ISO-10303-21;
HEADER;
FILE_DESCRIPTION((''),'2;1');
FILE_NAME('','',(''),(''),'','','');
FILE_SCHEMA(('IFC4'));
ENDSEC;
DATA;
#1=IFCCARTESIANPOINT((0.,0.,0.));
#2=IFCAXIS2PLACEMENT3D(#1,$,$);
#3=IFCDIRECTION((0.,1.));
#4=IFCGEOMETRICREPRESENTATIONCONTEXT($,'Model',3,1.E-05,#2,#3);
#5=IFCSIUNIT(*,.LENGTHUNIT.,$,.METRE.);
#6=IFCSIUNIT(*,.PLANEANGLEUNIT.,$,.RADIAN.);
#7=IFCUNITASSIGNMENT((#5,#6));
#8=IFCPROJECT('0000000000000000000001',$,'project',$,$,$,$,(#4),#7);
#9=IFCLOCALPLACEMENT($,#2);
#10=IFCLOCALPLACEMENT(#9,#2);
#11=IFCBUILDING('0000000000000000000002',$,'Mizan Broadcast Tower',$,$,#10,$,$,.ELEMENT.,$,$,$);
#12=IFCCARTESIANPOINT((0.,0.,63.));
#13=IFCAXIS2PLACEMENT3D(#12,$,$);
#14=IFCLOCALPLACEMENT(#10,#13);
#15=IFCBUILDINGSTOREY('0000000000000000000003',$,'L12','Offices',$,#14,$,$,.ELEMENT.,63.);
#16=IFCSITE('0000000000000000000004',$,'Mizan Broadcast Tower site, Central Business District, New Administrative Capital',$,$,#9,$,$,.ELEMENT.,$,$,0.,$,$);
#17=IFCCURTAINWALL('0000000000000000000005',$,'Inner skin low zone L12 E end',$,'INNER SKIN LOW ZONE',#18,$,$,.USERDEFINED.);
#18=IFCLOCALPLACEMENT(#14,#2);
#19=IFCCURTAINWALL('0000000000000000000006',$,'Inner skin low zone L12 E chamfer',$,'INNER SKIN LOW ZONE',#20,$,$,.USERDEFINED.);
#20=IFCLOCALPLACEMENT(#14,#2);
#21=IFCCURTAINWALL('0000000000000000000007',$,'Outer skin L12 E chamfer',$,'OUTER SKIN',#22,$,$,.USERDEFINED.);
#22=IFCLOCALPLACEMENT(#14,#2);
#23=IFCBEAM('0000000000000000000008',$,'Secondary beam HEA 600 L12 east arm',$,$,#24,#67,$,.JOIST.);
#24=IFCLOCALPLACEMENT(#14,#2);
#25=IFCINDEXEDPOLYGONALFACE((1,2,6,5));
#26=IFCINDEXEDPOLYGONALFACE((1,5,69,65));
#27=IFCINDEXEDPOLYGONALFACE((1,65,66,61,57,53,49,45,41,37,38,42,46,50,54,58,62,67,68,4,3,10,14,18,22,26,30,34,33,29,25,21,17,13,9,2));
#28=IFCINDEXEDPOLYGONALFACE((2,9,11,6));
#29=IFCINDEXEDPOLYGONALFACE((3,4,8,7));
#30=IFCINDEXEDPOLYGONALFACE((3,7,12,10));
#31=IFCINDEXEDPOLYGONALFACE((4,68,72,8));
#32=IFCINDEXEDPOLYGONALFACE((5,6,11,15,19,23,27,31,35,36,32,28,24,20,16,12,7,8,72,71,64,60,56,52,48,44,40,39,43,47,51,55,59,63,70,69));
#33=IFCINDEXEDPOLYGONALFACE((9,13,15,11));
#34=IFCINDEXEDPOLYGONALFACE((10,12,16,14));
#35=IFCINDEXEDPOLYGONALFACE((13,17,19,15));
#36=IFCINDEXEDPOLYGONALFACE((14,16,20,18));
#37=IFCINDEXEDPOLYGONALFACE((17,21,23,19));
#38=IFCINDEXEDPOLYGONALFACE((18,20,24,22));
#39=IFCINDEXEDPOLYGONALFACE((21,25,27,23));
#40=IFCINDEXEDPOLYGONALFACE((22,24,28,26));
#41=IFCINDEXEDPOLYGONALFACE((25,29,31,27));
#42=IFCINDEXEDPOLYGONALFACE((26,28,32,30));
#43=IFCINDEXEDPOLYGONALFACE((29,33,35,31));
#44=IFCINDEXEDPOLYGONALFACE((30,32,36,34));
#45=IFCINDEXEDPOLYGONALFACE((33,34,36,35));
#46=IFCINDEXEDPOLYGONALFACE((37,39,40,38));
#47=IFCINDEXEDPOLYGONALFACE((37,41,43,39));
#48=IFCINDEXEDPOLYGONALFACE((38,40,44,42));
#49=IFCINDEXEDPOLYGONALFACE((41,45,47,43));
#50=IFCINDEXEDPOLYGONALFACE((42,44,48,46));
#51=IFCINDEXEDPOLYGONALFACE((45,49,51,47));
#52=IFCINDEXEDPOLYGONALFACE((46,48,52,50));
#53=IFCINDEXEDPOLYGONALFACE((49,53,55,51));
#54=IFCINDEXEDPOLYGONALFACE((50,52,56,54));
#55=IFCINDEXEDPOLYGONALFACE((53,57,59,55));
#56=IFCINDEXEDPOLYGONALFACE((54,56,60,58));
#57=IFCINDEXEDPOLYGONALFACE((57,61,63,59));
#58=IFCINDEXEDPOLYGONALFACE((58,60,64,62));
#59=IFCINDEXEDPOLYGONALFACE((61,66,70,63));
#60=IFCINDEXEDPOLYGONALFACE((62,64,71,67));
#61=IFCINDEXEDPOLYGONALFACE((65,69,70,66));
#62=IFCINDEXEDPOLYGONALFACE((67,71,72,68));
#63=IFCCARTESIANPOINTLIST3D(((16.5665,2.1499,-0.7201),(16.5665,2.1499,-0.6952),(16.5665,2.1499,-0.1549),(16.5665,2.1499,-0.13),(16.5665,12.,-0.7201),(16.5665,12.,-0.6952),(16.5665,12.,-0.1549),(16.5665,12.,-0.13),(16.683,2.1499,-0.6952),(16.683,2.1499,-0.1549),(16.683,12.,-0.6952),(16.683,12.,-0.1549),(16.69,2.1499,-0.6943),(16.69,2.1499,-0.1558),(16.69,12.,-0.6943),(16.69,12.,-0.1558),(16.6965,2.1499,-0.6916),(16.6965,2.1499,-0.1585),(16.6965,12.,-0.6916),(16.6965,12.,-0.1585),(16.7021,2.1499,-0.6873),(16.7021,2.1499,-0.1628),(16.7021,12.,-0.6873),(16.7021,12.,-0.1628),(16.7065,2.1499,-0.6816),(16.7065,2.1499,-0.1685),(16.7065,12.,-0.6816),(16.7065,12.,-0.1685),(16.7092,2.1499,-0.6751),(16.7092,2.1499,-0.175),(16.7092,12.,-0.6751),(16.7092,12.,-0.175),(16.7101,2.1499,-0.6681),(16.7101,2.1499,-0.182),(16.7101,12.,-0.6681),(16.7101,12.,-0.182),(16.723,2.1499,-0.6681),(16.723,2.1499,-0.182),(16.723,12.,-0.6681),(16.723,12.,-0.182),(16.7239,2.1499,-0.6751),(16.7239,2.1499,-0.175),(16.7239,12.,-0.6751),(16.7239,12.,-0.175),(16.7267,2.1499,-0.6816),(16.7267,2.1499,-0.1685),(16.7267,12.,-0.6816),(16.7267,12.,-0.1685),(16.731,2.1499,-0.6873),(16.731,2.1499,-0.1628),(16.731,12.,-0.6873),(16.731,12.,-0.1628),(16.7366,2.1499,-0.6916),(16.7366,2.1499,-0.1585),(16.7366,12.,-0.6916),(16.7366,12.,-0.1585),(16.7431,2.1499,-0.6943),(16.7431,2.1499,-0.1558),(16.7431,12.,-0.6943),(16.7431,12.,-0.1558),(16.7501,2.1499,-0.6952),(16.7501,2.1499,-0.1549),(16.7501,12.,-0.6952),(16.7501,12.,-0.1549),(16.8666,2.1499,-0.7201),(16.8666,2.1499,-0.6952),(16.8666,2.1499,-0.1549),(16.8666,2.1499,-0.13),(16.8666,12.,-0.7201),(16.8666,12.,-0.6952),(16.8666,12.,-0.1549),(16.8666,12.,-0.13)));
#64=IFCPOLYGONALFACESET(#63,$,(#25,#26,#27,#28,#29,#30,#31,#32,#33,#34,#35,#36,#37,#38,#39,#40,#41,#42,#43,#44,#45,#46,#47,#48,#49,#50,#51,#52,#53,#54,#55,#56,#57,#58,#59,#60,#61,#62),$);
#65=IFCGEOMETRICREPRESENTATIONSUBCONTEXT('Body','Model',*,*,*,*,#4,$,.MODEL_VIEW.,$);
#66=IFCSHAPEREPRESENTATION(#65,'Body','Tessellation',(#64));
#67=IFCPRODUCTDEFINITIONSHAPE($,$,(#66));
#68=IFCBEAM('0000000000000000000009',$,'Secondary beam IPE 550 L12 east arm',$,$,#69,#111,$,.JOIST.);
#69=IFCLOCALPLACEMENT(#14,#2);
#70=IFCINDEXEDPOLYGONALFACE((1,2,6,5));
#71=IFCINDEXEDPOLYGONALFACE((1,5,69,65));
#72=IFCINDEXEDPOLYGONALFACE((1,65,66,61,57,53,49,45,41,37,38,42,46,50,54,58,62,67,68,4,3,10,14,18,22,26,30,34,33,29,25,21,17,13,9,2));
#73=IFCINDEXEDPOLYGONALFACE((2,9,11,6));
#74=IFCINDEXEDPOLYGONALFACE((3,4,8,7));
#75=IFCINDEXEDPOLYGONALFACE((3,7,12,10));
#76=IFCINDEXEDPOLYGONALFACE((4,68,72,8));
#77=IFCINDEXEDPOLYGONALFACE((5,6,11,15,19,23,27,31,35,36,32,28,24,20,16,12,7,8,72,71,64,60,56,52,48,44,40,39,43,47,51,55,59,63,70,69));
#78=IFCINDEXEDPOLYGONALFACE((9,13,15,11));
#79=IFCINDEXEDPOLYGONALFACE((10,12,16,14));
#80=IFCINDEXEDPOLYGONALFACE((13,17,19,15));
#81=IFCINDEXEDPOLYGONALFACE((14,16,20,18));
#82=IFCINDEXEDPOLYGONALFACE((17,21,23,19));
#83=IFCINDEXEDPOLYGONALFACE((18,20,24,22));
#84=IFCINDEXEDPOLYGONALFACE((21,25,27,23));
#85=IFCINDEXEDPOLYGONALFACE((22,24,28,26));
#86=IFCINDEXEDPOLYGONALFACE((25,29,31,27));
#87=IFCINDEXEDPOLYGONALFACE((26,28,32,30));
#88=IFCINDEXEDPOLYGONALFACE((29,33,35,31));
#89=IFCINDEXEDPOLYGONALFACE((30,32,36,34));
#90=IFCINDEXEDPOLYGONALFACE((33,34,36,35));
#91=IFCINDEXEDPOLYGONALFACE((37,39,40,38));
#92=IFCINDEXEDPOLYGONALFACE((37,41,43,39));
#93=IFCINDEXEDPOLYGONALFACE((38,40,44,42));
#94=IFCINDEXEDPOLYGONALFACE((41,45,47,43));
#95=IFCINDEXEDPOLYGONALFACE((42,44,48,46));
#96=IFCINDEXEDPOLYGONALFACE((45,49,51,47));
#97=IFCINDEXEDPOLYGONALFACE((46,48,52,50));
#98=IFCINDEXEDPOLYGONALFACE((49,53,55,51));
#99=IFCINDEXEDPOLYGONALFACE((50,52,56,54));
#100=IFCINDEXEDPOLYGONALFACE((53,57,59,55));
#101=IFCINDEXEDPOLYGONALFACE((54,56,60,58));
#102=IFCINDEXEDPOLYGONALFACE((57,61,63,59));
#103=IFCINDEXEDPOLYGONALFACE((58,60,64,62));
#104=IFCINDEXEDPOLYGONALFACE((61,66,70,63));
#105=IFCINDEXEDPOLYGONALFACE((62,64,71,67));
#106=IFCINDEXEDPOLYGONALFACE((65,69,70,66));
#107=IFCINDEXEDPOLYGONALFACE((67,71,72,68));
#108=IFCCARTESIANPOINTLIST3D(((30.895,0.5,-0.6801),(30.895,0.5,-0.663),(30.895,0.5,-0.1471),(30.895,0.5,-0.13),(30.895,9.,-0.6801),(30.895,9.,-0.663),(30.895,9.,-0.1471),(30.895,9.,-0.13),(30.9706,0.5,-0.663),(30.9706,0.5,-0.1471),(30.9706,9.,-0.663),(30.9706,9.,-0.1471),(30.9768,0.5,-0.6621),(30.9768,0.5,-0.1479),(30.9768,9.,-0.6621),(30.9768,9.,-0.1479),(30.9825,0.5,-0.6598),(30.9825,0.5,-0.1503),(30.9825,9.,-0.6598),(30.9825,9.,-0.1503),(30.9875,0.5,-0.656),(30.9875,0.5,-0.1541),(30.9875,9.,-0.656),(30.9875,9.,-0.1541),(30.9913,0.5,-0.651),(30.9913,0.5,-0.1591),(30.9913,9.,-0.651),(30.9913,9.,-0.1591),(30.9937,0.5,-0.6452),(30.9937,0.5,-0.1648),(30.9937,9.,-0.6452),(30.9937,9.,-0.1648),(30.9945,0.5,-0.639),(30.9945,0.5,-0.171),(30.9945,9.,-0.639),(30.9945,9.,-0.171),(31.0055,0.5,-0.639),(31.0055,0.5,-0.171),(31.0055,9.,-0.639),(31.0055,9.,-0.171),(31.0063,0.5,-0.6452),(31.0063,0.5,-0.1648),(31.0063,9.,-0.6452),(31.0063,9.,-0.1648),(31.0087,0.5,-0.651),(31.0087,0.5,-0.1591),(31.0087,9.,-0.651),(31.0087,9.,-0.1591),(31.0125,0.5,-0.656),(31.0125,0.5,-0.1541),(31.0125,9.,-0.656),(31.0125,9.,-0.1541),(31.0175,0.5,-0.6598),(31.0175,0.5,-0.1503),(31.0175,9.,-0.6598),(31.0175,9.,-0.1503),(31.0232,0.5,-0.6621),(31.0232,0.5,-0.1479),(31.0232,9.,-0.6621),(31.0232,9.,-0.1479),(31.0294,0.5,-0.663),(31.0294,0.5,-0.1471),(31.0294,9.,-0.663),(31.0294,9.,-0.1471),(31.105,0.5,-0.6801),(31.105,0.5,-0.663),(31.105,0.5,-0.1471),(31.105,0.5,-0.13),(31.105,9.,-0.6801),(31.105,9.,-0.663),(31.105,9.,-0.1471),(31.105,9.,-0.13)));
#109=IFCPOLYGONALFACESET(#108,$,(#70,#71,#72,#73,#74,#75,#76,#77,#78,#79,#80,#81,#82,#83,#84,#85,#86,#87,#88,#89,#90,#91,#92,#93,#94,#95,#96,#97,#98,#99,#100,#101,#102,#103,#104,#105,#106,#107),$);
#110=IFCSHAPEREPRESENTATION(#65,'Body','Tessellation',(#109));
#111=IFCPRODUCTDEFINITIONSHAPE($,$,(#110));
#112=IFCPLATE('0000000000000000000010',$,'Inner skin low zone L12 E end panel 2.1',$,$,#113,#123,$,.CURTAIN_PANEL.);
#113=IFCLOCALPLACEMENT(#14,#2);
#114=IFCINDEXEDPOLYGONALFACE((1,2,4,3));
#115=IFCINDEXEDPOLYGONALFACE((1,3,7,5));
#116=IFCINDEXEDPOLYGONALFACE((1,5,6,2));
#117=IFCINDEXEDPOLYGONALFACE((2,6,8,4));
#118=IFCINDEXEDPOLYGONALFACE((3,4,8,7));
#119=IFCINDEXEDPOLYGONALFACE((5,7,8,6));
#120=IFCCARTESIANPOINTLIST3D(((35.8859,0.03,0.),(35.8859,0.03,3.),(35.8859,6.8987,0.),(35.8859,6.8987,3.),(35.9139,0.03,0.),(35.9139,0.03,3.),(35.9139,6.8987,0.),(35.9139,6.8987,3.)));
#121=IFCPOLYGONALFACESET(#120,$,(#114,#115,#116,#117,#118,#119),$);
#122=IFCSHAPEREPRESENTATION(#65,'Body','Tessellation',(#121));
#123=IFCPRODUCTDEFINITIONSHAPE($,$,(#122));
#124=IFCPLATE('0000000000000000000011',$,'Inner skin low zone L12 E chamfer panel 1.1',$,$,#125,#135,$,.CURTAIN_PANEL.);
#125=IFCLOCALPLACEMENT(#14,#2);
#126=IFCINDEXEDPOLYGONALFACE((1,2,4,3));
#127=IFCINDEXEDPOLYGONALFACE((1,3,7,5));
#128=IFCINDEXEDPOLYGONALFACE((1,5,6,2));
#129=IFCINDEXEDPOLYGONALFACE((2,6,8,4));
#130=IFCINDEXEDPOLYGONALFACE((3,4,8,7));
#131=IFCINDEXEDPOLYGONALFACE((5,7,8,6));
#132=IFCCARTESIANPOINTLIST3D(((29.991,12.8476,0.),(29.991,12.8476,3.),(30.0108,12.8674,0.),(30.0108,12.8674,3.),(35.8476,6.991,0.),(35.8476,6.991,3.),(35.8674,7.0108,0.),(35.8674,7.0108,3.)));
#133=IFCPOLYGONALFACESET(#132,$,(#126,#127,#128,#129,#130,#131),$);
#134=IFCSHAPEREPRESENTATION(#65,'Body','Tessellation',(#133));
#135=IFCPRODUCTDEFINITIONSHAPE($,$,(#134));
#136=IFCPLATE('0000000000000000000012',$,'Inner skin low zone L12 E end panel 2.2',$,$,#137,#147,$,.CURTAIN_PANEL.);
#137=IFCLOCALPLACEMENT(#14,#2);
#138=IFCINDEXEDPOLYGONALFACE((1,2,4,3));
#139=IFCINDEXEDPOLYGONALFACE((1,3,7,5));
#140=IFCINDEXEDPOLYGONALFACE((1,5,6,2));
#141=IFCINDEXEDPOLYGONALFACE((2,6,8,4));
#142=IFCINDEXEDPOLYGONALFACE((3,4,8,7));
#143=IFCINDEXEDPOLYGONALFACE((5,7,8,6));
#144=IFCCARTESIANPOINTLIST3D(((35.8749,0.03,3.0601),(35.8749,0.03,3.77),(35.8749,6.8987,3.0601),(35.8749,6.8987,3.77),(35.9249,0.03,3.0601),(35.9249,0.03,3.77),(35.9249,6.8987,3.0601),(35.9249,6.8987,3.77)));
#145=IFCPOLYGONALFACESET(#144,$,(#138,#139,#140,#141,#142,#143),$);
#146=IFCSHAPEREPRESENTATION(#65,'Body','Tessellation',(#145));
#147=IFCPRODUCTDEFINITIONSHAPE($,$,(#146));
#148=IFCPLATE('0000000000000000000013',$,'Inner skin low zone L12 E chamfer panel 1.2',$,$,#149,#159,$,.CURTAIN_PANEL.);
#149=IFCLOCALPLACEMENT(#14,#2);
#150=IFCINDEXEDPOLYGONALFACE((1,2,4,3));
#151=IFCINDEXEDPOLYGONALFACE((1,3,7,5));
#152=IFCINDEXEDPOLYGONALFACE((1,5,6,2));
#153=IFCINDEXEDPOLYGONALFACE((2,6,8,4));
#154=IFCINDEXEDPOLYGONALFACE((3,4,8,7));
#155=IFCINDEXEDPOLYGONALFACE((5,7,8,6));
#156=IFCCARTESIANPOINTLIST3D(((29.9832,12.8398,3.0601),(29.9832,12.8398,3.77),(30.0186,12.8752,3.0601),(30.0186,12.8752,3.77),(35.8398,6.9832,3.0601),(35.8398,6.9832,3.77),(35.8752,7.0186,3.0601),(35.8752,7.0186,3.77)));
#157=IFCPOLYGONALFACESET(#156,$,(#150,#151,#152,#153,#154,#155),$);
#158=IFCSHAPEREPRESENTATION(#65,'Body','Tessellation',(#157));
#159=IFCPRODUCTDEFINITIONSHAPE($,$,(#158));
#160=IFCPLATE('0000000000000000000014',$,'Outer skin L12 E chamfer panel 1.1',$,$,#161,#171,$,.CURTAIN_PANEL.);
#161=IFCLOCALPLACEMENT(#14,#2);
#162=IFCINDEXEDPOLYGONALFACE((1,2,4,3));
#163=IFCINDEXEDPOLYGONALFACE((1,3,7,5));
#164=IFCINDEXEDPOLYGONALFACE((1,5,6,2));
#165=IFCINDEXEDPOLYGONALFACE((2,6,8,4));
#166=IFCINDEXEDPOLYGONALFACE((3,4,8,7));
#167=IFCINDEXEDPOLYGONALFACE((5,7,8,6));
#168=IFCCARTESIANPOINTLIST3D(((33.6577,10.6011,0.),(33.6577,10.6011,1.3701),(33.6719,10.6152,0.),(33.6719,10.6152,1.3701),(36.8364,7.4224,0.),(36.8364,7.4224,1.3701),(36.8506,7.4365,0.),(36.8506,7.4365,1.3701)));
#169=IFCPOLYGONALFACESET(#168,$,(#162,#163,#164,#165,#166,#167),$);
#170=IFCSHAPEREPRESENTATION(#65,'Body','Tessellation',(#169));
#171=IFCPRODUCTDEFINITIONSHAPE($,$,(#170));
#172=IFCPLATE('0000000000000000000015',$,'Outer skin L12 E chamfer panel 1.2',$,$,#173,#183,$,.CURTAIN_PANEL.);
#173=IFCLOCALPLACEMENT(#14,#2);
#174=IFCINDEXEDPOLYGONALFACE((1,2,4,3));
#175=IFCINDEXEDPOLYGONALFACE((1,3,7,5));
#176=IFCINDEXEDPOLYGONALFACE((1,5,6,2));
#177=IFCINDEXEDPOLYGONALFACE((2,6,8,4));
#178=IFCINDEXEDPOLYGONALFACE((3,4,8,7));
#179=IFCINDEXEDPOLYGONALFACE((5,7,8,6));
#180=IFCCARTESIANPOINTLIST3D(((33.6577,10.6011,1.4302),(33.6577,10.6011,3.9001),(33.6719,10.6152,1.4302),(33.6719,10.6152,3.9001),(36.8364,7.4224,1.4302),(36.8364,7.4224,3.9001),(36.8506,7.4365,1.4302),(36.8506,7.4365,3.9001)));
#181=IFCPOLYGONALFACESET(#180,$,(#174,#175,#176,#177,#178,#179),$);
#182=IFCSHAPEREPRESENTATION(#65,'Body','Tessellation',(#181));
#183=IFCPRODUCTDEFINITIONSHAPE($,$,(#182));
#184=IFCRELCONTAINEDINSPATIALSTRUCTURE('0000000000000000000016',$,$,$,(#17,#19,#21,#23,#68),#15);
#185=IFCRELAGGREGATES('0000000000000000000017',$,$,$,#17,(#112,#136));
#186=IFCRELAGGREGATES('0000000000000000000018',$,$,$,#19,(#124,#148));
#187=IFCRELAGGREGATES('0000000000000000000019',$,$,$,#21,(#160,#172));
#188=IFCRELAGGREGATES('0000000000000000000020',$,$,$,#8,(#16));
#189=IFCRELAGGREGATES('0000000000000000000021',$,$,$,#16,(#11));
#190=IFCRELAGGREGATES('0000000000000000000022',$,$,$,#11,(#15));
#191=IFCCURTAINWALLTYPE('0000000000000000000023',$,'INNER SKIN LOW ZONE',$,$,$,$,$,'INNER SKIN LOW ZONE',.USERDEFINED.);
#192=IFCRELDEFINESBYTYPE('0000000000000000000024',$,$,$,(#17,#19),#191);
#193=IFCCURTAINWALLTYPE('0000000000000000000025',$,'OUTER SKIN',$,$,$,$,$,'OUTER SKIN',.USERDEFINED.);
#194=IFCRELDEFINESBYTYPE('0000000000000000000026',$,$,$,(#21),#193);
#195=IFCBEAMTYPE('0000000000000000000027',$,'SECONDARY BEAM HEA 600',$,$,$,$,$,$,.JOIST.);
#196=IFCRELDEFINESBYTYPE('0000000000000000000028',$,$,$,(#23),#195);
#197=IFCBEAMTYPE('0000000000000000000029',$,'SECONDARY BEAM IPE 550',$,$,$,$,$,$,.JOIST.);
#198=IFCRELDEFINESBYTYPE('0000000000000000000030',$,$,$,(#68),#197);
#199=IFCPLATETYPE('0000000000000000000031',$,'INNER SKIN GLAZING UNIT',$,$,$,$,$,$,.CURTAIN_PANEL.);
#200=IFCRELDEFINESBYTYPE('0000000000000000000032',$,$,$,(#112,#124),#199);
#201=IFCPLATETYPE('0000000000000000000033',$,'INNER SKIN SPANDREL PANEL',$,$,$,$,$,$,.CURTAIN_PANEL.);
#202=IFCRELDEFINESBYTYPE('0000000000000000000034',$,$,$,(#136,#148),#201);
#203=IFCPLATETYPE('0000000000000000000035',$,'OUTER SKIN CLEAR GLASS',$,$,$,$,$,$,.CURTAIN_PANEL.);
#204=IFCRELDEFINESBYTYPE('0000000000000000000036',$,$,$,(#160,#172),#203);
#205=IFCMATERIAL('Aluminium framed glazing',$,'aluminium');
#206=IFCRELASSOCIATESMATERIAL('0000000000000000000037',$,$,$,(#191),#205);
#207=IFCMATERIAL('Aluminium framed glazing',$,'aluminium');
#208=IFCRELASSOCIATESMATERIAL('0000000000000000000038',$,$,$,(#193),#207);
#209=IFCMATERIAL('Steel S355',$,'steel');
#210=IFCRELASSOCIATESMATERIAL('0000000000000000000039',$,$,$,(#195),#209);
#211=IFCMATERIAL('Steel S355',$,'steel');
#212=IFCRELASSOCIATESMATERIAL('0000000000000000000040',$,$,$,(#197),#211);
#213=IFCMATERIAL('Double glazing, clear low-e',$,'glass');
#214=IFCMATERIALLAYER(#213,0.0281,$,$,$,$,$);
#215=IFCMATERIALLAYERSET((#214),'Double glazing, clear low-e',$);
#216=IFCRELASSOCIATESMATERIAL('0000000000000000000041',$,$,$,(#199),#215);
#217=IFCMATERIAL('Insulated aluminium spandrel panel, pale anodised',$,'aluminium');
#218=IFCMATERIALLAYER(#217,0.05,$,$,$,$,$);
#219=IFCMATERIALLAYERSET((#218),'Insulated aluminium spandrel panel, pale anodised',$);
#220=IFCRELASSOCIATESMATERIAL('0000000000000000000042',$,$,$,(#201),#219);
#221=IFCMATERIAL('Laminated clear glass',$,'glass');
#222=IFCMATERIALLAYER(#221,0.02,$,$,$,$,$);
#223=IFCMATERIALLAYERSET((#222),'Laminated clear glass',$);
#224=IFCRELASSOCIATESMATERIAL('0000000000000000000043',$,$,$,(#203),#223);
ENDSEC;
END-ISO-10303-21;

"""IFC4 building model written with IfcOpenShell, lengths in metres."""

from ifc_helpers import new_model, si_unit, direction, frame, origin, origin_2d, place, context, subcontext, project, spatial, rectangle, i_section, extrude, material, layer, layer_set, material_profile, profile_set, type_object, element, aggregate, save


model = new_model("IFC4")

# Units and contexts
model_context = context("Model", 3, precision=1e-05, world=origin(), true_north=direction((0.0, 1.0)))
body_context = subcontext(model_context, "Body", "Model", "MODEL_VIEW")
ifc_project = project(units=[si_unit("LENGTHUNIT", "METRE"), si_unit("PLANEANGLEUNIT", "RADIAN")], contexts=[model_context])

# Site, building, storey
site_placement = place(None, origin())
site = spatial("IfcSite", under=ifc_project, at=site_placement, Name="Mizan Broadcast Tower site, Central Business District, New Administrative Capital", CompositionType="ELEMENT", RefElevation=0.0)
building_placement = place(site_placement, origin())
building = spatial("IfcBuilding", under=site, at=building_placement, Name="Mizan Broadcast Tower", CompositionType="ELEMENT")
storey_placement = place(building_placement, frame((0.0, 0.0, 63.0)))
storey = spatial("IfcBuildingStorey", under=building, at=storey_placement, Name="L12", Description="Offices", CompositionType="ELEMENT", Elevation=63.0)

# Curtain wall
ifc_material_1 = material(Name="Aluminium framed glazing", Category="aluminium")
curtain_wall_type_1 = type_object("IfcCurtainWallType", Name="INNER SKIN LOW ZONE", ElementType="INNER SKIN LOW ZONE", PredefinedType="USERDEFINED", material=ifc_material_1)
curtain_wall_1_placement = place(storey_placement, origin())
curtain_wall_1 = element("IfcCurtainWall", 1, at=curtain_wall_1_placement, inside=storey, type_object=curtain_wall_type_1, Name="Inner skin low zone L12 E end", ObjectType="INNER SKIN LOW ZONE", PredefinedType="USERDEFINED")

# Curtain wall
curtain_wall_2_placement = place(storey_placement, origin())
curtain_wall_2 = element("IfcCurtainWall", 2, at=curtain_wall_2_placement, inside=storey, type_object=curtain_wall_type_1, Name="Inner skin low zone L12 E chamfer", ObjectType="INNER SKIN LOW ZONE", PredefinedType="USERDEFINED")

# Shared definitions
ifc_material_2 = material(Name="Aluminium framed glazing", Category="aluminium")
curtain_wall_type_2 = type_object("IfcCurtainWallType", Name="OUTER SKIN", ElementType="OUTER SKIN", PredefinedType="USERDEFINED", material=ifc_material_2)

# Curtain wall
curtain_wall_3_placement = place(storey_placement, origin())
curtain_wall_3 = element("IfcCurtainWall", 3, at=curtain_wall_3_placement, inside=storey, type_object=curtain_wall_type_2, Name="Outer skin L12 E chamfer", ObjectType="OUTER SKIN", PredefinedType="USERDEFINED")

# Beams
ifc_material_3 = material(Name="Steel S355", Category="steel")
ifc_material_profile_1 = material_profile(ifc_material_3, i_section(OverallWidth=0.3, OverallDepth=0.5901, WebThickness=0.0129, FlangeThickness=0.0249, FilletRadius=0.0271, at=origin_2d()), Name="HEA 600")
ifc_profile_set_1 = profile_set([ifc_material_profile_1], Name="Steel S355")
beam_type_1 = type_object("IfcBeamType", Name="SECONDARY BEAM HEA 600", PredefinedType="JOIST", material=ifc_profile_set_1)
for number, where, z_axis, x_axis, name in (
    (4, (16.7166, 12.0, -0.425), (0.0, -1.0, 0.0), (1.0, 0.0, 0.0), "Secondary beam HEA 600 L12 east arm"),
):
    element("IfcBeam", number, at=place(storey_placement, frame(where, z_axis=z_axis, x_axis=x_axis)), inside=storey, type_object=beam_type_1, Name=name, PredefinedType="JOIST", context=body_context, shape_type="SweptSolid", body=[
        extrude(i_section(OverallWidth=0.3, OverallDepth=0.5901, WebThickness=0.0129, FlangeThickness=0.0249, FilletRadius=0.0271, at=origin_2d()), origin(), (0.0, 0.0, 1.0), 9.8501),
    ])
ifc_material_4 = material(Name="Steel S355", Category="steel")
ifc_material_profile_2 = material_profile(ifc_material_4, i_section(OverallWidth=0.21, OverallDepth=0.55, WebThickness=0.011, FlangeThickness=0.0171, FilletRadius=0.0239, at=origin_2d()), Name="IPE 550")
ifc_profile_set_2 = profile_set([ifc_material_profile_2], Name="Steel S355")
beam_type_2 = type_object("IfcBeamType", Name="SECONDARY BEAM IPE 550", PredefinedType="JOIST", material=ifc_profile_set_2)
beam_1_placement = place(storey_placement, frame((31.0, 9.0, -0.405), z_axis=(0.0, -1.0, 0.0), x_axis=(1.0, 0.0, 0.0)))
element("IfcBeam", 5, at=beam_1_placement, inside=storey, type_object=beam_type_2, Name="Secondary beam IPE 550 L12 east arm", PredefinedType="JOIST", context=body_context, shape_type="SweptSolid", body=[
    extrude(i_section(OverallWidth=0.21, OverallDepth=0.55, WebThickness=0.011, FlangeThickness=0.0171, FilletRadius=0.0239, at=origin_2d()), origin(), (0.0, 0.0, 1.0), 8.5),
])

# Plates
ifc_material_5 = material(Name="Double glazing, clear low-e", Category="glass")
ifc_layer_1 = layer(ifc_material_5, 0.0281)
ifc_layer_set_1 = layer_set([ifc_layer_1], Name="Double glazing, clear low-e")
plate_type_1 = type_object("IfcPlateType", Name="INNER SKIN GLAZING UNIT", PredefinedType="CURTAIN_PANEL", material=ifc_layer_set_1)
plate_1_placement = place(storey_placement, frame((35.8999, 3.4644, 0.0), z_axis=(0.0, 0.0, 1.0), x_axis=(0.0, 1.0, 0.0)))
plate_1 = element("IfcPlate", 6, at=plate_1_placement, type_object=plate_type_1, Name="Inner skin low zone L12 E end panel 2.1", PredefinedType="CURTAIN_PANEL", context=body_context, shape_type="SweptSolid", body=[
    extrude(rectangle(XDim=6.8687, YDim=0.0281, at=origin_2d()), origin(), (0.0, 0.0, 1.0), 3.0),
])
plate_2_placement = place(storey_placement, frame((32.9292, 9.9292, 0.0), z_axis=(0.0, 0.0, 1.0), x_axis=(-0.707107, 0.707107, 0.0)))
plate_2 = element("IfcPlate", 7, at=plate_2_placement, type_object=plate_type_1, Name="Inner skin low zone L12 E chamfer panel 1.1", PredefinedType="CURTAIN_PANEL", context=body_context, shape_type="SweptSolid", body=[
    extrude(rectangle(XDim=8.2825, YDim=0.0281, at=origin_2d()), origin(), (0.0, 0.0, 1.0), 3.0),
])
ifc_material_6 = material(Name="Insulated aluminium spandrel panel, pale anodised", Category="aluminium")
ifc_layer_2 = layer(ifc_material_6, 0.05)
ifc_layer_set_2 = layer_set([ifc_layer_2], Name="Insulated aluminium spandrel panel, pale anodised")
plate_type_2 = type_object("IfcPlateType", Name="INNER SKIN SPANDREL PANEL", PredefinedType="CURTAIN_PANEL", material=ifc_layer_set_2)
plate_3_placement = place(storey_placement, frame((35.8999, 3.4644, 3.0601), z_axis=(0.0, 0.0, 1.0), x_axis=(0.0, 1.0, 0.0)))
plate_3 = element("IfcPlate", 8, at=plate_3_placement, type_object=plate_type_2, Name="Inner skin low zone L12 E end panel 2.2", PredefinedType="CURTAIN_PANEL", context=body_context, shape_type="SweptSolid", body=[
    extrude(rectangle(XDim=6.8687, YDim=0.05, at=origin_2d()), origin(), (0.0, 0.0, 1.0), 0.71),
])
aggregate(curtain_wall_1, [plate_1, plate_3])
plate_4_placement = place(storey_placement, frame((32.9292, 9.9292, 3.0601), z_axis=(0.0, 0.0, 1.0), x_axis=(-0.707107, 0.707107, 0.0)))
plate_4 = element("IfcPlate", 9, at=plate_4_placement, type_object=plate_type_2, Name="Inner skin low zone L12 E chamfer panel 1.2", PredefinedType="CURTAIN_PANEL", context=body_context, shape_type="SweptSolid", body=[
    extrude(rectangle(XDim=8.2825, YDim=0.05, at=origin_2d()), origin(), (0.0, 0.0, 1.0), 0.71),
])
aggregate(curtain_wall_2, [plate_2, plate_4])
ifc_material_7 = material(Name="Laminated clear glass", Category="glass")
ifc_layer_3 = layer(ifc_material_7, 0.02)
ifc_layer_set_3 = layer_set([ifc_layer_3], Name="Laminated clear glass")
plate_type_3 = type_object("IfcPlateType", Name="OUTER SKIN CLEAR GLASS", PredefinedType="CURTAIN_PANEL", material=ifc_layer_set_3)
plate_5_placement = place(storey_placement, frame((35.2542, 9.0188, 0.0), z_axis=(0.0, 0.0, 1.0), x_axis=(-0.707107, 0.707107, 0.0)))
plate_5 = element("IfcPlate", 10, at=plate_5_placement, type_object=plate_type_3, Name="Outer skin L12 E chamfer panel 1.1", PredefinedType="CURTAIN_PANEL", context=body_context, shape_type="SweptSolid", body=[
    extrude(rectangle(XDim=4.4954, YDim=0.02, at=origin_2d()), origin(), (0.0, 0.0, 1.0), 1.3701),
])
plate_6_placement = place(storey_placement, frame((35.2542, 9.0188, 1.4302), z_axis=(0.0, 0.0, 1.0), x_axis=(-0.707107, 0.707107, 0.0)))
plate_6 = element("IfcPlate", 11, at=plate_6_placement, type_object=plate_type_3, Name="Outer skin L12 E chamfer panel 1.2", PredefinedType="CURTAIN_PANEL", context=body_context, shape_type="SweptSolid", body=[
    extrude(rectangle(XDim=4.4954, YDim=0.02, at=origin_2d()), origin(), (0.0, 0.0, 1.0), 2.47),
])
aggregate(curtain_wall_3, [plate_5, plate_6])

save(model, "model.ifc")
